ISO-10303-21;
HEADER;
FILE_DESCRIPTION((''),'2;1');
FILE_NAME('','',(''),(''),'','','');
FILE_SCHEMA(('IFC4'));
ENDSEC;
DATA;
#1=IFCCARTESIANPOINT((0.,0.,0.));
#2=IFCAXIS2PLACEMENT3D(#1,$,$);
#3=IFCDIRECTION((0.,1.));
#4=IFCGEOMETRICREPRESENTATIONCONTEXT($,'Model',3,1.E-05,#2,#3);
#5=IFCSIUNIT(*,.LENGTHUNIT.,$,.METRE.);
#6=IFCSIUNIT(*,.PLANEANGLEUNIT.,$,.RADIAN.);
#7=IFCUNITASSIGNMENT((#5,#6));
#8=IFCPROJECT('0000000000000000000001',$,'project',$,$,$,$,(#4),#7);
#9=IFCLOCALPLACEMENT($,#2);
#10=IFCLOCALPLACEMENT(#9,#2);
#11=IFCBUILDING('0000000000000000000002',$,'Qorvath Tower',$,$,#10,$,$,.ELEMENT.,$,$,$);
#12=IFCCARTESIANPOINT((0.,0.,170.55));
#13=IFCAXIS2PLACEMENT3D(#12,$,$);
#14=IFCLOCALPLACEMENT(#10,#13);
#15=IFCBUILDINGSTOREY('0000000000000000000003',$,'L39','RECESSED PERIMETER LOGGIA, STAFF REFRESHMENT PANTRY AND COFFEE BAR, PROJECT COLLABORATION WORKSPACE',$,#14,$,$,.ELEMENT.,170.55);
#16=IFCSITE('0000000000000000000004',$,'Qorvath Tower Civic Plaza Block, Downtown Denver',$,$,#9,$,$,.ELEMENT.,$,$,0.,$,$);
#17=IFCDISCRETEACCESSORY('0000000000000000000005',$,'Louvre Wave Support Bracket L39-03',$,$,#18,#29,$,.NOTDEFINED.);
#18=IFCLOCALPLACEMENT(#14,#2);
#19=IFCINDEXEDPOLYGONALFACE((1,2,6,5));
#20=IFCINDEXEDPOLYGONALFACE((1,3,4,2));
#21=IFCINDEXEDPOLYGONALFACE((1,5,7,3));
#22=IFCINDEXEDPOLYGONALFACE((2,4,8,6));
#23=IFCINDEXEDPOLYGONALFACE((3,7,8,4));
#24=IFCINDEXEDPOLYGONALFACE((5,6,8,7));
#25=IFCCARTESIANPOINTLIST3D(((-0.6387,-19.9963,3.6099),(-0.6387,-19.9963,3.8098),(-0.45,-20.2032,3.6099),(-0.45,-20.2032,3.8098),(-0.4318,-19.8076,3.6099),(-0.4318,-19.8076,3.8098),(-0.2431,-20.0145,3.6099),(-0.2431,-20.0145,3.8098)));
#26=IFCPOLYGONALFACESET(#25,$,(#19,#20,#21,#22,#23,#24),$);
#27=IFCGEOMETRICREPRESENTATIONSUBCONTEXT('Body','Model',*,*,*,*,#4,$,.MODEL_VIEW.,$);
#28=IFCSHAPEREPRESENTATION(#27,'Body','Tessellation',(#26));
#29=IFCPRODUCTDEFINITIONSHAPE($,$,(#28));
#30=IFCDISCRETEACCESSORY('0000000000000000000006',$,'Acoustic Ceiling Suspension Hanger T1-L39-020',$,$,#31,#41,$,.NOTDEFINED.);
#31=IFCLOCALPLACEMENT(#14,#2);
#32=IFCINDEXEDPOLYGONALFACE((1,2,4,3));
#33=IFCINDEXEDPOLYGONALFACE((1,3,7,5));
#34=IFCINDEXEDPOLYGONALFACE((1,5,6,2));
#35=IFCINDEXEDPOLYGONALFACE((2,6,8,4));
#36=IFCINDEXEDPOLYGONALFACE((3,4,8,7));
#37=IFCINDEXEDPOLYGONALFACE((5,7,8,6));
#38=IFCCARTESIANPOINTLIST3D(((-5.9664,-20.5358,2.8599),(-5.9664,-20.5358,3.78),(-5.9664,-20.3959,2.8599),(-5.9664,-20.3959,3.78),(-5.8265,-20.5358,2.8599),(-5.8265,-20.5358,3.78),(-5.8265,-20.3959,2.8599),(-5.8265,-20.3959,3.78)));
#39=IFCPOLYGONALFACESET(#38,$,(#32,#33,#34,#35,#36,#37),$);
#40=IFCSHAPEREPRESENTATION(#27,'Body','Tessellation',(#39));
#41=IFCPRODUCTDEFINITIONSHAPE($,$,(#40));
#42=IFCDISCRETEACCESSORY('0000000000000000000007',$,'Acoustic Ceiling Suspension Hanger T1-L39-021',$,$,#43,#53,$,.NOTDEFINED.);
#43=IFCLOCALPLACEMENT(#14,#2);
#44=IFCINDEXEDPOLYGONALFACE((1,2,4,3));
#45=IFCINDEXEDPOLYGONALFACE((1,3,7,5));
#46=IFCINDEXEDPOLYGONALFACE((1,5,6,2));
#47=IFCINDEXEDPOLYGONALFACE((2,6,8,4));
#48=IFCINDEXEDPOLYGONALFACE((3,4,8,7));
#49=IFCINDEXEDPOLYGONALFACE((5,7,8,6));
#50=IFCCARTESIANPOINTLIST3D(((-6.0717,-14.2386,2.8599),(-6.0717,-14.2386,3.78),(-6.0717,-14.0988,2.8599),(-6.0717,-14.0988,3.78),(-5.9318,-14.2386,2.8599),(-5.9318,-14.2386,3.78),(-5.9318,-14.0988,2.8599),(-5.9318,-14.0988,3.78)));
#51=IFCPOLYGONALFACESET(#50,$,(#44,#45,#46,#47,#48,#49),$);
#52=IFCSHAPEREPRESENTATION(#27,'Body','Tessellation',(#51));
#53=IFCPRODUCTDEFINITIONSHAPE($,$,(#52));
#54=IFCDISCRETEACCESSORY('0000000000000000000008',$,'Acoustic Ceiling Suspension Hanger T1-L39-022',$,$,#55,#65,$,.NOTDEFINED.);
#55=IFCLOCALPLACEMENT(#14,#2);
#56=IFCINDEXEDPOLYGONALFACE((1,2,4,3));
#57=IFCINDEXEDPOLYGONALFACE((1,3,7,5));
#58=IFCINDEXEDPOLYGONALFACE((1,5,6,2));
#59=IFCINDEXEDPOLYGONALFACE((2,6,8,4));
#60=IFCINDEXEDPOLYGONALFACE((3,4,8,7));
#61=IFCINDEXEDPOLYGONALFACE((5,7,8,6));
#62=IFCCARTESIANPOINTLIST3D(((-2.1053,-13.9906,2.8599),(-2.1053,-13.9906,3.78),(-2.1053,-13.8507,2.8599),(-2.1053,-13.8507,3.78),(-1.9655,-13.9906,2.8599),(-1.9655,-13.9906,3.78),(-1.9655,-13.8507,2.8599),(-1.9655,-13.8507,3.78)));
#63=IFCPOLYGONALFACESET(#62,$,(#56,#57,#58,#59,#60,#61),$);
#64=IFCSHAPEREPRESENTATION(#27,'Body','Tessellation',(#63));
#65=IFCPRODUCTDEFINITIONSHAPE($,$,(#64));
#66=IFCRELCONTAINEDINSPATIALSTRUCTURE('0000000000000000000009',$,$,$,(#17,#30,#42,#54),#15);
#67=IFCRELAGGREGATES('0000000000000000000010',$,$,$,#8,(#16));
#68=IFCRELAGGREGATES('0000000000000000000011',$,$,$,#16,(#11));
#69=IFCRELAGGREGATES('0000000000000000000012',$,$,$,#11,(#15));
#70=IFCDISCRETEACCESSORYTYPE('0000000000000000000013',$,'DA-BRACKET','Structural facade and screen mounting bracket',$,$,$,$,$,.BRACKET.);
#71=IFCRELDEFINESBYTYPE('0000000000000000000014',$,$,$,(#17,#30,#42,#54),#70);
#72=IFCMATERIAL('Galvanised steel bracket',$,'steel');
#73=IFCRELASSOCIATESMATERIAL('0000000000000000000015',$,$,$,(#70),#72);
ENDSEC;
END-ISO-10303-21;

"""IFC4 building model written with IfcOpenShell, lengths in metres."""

from ifc_helpers import new_model, si_unit, direction, frame, origin, origin_2d, place, context, subcontext, project, spatial, rectangle, extrude, material, type_object, element, save


model = new_model("IFC4")

# Units and contexts
model_context = context("Model", 3, precision=1e-05, world=origin(), true_north=direction((0.0, 1.0)))
body_context = subcontext(model_context, "Body", "Model", "MODEL_VIEW")
ifc_project = project(units=[si_unit("LENGTHUNIT", "METRE"), si_unit("PLANEANGLEUNIT", "RADIAN")], contexts=[model_context])

# Site, building, storey
site_placement = place(None, origin())
site = spatial("IfcSite", under=ifc_project, at=site_placement, Name="Qorvath Tower Civic Plaza Block, Downtown Denver", CompositionType="ELEMENT", RefElevation=0.0)
building_placement = place(site_placement, origin())
building = spatial("IfcBuilding", under=site, at=building_placement, Name="Qorvath Tower", CompositionType="ELEMENT")
storey_placement = place(building_placement, frame((0.0, 0.0, 170.55)))
storey = spatial("IfcBuildingStorey", under=building, at=storey_placement, Name="L39", Description="RECESSED PERIMETER LOGGIA, STAFF REFRESHMENT PANTRY AND COFFEE BAR, PROJECT COLLABORATION WORKSPACE", CompositionType="ELEMENT", Elevation=170.55)

# Discrete accessories
ifc_material_1 = material(Name="Galvanised steel bracket", Category="steel")
discrete_accessory_type = type_object("IfcDiscreteAccessoryType", Name="DA-BRACKET", Description="Structural facade and screen mounting bracket", PredefinedType="BRACKET", material=ifc_material_1)
for number, where, z_axis, x_axis, name in (
    (1, (-0.4409, -20.0054, 3.6099), (0.0, 0.0, 1.0), (0.738919, 0.673794, 0.0), "Louvre Wave Support Bracket L39-03"),
):
    element("IfcDiscreteAccessory", number, at=place(storey_placement, frame(where, z_axis=z_axis, x_axis=x_axis)), inside=storey, type_object=discrete_accessory_type, Name=name, PredefinedType="NOTDEFINED", context=body_context, shape_type="SweptSolid", body=[
        extrude(rectangle(XDim=0.28, YDim=0.28, at=origin_2d()), origin(), (0.0, 0.0, 1.0), 0.2),
    ])
for number, where, z_axis, x_axis, name in (
    (2, (-5.8965, -20.4658, 2.8599), (0.0, 0.0, 1.0), (1.0, 0.0, 0.0), "Acoustic Ceiling Suspension Hanger T1-L39-020"),
    (3, (-6.0017, -14.1687, 2.8599), (0.0, 0.0, 1.0), (1.0, 0.0, 0.0), "Acoustic Ceiling Suspension Hanger T1-L39-021"),
    (4, (-2.0354, -13.9207, 2.8599), (0.0, 0.0, 1.0), (1.0, 0.0, 0.0), "Acoustic Ceiling Suspension Hanger T1-L39-022"),
):
    element("IfcDiscreteAccessory", number, at=place(storey_placement, frame(where, z_axis=z_axis, x_axis=x_axis)), inside=storey, type_object=discrete_accessory_type, Name=name, PredefinedType="NOTDEFINED", context=body_context, shape_type="SweptSolid", body=[
        extrude(rectangle(XDim=0.1399, YDim=0.1399, at=origin_2d()), origin(), (0.0, 0.0, 1.0), 0.9202),
    ])

save(model, "model.ifc")
